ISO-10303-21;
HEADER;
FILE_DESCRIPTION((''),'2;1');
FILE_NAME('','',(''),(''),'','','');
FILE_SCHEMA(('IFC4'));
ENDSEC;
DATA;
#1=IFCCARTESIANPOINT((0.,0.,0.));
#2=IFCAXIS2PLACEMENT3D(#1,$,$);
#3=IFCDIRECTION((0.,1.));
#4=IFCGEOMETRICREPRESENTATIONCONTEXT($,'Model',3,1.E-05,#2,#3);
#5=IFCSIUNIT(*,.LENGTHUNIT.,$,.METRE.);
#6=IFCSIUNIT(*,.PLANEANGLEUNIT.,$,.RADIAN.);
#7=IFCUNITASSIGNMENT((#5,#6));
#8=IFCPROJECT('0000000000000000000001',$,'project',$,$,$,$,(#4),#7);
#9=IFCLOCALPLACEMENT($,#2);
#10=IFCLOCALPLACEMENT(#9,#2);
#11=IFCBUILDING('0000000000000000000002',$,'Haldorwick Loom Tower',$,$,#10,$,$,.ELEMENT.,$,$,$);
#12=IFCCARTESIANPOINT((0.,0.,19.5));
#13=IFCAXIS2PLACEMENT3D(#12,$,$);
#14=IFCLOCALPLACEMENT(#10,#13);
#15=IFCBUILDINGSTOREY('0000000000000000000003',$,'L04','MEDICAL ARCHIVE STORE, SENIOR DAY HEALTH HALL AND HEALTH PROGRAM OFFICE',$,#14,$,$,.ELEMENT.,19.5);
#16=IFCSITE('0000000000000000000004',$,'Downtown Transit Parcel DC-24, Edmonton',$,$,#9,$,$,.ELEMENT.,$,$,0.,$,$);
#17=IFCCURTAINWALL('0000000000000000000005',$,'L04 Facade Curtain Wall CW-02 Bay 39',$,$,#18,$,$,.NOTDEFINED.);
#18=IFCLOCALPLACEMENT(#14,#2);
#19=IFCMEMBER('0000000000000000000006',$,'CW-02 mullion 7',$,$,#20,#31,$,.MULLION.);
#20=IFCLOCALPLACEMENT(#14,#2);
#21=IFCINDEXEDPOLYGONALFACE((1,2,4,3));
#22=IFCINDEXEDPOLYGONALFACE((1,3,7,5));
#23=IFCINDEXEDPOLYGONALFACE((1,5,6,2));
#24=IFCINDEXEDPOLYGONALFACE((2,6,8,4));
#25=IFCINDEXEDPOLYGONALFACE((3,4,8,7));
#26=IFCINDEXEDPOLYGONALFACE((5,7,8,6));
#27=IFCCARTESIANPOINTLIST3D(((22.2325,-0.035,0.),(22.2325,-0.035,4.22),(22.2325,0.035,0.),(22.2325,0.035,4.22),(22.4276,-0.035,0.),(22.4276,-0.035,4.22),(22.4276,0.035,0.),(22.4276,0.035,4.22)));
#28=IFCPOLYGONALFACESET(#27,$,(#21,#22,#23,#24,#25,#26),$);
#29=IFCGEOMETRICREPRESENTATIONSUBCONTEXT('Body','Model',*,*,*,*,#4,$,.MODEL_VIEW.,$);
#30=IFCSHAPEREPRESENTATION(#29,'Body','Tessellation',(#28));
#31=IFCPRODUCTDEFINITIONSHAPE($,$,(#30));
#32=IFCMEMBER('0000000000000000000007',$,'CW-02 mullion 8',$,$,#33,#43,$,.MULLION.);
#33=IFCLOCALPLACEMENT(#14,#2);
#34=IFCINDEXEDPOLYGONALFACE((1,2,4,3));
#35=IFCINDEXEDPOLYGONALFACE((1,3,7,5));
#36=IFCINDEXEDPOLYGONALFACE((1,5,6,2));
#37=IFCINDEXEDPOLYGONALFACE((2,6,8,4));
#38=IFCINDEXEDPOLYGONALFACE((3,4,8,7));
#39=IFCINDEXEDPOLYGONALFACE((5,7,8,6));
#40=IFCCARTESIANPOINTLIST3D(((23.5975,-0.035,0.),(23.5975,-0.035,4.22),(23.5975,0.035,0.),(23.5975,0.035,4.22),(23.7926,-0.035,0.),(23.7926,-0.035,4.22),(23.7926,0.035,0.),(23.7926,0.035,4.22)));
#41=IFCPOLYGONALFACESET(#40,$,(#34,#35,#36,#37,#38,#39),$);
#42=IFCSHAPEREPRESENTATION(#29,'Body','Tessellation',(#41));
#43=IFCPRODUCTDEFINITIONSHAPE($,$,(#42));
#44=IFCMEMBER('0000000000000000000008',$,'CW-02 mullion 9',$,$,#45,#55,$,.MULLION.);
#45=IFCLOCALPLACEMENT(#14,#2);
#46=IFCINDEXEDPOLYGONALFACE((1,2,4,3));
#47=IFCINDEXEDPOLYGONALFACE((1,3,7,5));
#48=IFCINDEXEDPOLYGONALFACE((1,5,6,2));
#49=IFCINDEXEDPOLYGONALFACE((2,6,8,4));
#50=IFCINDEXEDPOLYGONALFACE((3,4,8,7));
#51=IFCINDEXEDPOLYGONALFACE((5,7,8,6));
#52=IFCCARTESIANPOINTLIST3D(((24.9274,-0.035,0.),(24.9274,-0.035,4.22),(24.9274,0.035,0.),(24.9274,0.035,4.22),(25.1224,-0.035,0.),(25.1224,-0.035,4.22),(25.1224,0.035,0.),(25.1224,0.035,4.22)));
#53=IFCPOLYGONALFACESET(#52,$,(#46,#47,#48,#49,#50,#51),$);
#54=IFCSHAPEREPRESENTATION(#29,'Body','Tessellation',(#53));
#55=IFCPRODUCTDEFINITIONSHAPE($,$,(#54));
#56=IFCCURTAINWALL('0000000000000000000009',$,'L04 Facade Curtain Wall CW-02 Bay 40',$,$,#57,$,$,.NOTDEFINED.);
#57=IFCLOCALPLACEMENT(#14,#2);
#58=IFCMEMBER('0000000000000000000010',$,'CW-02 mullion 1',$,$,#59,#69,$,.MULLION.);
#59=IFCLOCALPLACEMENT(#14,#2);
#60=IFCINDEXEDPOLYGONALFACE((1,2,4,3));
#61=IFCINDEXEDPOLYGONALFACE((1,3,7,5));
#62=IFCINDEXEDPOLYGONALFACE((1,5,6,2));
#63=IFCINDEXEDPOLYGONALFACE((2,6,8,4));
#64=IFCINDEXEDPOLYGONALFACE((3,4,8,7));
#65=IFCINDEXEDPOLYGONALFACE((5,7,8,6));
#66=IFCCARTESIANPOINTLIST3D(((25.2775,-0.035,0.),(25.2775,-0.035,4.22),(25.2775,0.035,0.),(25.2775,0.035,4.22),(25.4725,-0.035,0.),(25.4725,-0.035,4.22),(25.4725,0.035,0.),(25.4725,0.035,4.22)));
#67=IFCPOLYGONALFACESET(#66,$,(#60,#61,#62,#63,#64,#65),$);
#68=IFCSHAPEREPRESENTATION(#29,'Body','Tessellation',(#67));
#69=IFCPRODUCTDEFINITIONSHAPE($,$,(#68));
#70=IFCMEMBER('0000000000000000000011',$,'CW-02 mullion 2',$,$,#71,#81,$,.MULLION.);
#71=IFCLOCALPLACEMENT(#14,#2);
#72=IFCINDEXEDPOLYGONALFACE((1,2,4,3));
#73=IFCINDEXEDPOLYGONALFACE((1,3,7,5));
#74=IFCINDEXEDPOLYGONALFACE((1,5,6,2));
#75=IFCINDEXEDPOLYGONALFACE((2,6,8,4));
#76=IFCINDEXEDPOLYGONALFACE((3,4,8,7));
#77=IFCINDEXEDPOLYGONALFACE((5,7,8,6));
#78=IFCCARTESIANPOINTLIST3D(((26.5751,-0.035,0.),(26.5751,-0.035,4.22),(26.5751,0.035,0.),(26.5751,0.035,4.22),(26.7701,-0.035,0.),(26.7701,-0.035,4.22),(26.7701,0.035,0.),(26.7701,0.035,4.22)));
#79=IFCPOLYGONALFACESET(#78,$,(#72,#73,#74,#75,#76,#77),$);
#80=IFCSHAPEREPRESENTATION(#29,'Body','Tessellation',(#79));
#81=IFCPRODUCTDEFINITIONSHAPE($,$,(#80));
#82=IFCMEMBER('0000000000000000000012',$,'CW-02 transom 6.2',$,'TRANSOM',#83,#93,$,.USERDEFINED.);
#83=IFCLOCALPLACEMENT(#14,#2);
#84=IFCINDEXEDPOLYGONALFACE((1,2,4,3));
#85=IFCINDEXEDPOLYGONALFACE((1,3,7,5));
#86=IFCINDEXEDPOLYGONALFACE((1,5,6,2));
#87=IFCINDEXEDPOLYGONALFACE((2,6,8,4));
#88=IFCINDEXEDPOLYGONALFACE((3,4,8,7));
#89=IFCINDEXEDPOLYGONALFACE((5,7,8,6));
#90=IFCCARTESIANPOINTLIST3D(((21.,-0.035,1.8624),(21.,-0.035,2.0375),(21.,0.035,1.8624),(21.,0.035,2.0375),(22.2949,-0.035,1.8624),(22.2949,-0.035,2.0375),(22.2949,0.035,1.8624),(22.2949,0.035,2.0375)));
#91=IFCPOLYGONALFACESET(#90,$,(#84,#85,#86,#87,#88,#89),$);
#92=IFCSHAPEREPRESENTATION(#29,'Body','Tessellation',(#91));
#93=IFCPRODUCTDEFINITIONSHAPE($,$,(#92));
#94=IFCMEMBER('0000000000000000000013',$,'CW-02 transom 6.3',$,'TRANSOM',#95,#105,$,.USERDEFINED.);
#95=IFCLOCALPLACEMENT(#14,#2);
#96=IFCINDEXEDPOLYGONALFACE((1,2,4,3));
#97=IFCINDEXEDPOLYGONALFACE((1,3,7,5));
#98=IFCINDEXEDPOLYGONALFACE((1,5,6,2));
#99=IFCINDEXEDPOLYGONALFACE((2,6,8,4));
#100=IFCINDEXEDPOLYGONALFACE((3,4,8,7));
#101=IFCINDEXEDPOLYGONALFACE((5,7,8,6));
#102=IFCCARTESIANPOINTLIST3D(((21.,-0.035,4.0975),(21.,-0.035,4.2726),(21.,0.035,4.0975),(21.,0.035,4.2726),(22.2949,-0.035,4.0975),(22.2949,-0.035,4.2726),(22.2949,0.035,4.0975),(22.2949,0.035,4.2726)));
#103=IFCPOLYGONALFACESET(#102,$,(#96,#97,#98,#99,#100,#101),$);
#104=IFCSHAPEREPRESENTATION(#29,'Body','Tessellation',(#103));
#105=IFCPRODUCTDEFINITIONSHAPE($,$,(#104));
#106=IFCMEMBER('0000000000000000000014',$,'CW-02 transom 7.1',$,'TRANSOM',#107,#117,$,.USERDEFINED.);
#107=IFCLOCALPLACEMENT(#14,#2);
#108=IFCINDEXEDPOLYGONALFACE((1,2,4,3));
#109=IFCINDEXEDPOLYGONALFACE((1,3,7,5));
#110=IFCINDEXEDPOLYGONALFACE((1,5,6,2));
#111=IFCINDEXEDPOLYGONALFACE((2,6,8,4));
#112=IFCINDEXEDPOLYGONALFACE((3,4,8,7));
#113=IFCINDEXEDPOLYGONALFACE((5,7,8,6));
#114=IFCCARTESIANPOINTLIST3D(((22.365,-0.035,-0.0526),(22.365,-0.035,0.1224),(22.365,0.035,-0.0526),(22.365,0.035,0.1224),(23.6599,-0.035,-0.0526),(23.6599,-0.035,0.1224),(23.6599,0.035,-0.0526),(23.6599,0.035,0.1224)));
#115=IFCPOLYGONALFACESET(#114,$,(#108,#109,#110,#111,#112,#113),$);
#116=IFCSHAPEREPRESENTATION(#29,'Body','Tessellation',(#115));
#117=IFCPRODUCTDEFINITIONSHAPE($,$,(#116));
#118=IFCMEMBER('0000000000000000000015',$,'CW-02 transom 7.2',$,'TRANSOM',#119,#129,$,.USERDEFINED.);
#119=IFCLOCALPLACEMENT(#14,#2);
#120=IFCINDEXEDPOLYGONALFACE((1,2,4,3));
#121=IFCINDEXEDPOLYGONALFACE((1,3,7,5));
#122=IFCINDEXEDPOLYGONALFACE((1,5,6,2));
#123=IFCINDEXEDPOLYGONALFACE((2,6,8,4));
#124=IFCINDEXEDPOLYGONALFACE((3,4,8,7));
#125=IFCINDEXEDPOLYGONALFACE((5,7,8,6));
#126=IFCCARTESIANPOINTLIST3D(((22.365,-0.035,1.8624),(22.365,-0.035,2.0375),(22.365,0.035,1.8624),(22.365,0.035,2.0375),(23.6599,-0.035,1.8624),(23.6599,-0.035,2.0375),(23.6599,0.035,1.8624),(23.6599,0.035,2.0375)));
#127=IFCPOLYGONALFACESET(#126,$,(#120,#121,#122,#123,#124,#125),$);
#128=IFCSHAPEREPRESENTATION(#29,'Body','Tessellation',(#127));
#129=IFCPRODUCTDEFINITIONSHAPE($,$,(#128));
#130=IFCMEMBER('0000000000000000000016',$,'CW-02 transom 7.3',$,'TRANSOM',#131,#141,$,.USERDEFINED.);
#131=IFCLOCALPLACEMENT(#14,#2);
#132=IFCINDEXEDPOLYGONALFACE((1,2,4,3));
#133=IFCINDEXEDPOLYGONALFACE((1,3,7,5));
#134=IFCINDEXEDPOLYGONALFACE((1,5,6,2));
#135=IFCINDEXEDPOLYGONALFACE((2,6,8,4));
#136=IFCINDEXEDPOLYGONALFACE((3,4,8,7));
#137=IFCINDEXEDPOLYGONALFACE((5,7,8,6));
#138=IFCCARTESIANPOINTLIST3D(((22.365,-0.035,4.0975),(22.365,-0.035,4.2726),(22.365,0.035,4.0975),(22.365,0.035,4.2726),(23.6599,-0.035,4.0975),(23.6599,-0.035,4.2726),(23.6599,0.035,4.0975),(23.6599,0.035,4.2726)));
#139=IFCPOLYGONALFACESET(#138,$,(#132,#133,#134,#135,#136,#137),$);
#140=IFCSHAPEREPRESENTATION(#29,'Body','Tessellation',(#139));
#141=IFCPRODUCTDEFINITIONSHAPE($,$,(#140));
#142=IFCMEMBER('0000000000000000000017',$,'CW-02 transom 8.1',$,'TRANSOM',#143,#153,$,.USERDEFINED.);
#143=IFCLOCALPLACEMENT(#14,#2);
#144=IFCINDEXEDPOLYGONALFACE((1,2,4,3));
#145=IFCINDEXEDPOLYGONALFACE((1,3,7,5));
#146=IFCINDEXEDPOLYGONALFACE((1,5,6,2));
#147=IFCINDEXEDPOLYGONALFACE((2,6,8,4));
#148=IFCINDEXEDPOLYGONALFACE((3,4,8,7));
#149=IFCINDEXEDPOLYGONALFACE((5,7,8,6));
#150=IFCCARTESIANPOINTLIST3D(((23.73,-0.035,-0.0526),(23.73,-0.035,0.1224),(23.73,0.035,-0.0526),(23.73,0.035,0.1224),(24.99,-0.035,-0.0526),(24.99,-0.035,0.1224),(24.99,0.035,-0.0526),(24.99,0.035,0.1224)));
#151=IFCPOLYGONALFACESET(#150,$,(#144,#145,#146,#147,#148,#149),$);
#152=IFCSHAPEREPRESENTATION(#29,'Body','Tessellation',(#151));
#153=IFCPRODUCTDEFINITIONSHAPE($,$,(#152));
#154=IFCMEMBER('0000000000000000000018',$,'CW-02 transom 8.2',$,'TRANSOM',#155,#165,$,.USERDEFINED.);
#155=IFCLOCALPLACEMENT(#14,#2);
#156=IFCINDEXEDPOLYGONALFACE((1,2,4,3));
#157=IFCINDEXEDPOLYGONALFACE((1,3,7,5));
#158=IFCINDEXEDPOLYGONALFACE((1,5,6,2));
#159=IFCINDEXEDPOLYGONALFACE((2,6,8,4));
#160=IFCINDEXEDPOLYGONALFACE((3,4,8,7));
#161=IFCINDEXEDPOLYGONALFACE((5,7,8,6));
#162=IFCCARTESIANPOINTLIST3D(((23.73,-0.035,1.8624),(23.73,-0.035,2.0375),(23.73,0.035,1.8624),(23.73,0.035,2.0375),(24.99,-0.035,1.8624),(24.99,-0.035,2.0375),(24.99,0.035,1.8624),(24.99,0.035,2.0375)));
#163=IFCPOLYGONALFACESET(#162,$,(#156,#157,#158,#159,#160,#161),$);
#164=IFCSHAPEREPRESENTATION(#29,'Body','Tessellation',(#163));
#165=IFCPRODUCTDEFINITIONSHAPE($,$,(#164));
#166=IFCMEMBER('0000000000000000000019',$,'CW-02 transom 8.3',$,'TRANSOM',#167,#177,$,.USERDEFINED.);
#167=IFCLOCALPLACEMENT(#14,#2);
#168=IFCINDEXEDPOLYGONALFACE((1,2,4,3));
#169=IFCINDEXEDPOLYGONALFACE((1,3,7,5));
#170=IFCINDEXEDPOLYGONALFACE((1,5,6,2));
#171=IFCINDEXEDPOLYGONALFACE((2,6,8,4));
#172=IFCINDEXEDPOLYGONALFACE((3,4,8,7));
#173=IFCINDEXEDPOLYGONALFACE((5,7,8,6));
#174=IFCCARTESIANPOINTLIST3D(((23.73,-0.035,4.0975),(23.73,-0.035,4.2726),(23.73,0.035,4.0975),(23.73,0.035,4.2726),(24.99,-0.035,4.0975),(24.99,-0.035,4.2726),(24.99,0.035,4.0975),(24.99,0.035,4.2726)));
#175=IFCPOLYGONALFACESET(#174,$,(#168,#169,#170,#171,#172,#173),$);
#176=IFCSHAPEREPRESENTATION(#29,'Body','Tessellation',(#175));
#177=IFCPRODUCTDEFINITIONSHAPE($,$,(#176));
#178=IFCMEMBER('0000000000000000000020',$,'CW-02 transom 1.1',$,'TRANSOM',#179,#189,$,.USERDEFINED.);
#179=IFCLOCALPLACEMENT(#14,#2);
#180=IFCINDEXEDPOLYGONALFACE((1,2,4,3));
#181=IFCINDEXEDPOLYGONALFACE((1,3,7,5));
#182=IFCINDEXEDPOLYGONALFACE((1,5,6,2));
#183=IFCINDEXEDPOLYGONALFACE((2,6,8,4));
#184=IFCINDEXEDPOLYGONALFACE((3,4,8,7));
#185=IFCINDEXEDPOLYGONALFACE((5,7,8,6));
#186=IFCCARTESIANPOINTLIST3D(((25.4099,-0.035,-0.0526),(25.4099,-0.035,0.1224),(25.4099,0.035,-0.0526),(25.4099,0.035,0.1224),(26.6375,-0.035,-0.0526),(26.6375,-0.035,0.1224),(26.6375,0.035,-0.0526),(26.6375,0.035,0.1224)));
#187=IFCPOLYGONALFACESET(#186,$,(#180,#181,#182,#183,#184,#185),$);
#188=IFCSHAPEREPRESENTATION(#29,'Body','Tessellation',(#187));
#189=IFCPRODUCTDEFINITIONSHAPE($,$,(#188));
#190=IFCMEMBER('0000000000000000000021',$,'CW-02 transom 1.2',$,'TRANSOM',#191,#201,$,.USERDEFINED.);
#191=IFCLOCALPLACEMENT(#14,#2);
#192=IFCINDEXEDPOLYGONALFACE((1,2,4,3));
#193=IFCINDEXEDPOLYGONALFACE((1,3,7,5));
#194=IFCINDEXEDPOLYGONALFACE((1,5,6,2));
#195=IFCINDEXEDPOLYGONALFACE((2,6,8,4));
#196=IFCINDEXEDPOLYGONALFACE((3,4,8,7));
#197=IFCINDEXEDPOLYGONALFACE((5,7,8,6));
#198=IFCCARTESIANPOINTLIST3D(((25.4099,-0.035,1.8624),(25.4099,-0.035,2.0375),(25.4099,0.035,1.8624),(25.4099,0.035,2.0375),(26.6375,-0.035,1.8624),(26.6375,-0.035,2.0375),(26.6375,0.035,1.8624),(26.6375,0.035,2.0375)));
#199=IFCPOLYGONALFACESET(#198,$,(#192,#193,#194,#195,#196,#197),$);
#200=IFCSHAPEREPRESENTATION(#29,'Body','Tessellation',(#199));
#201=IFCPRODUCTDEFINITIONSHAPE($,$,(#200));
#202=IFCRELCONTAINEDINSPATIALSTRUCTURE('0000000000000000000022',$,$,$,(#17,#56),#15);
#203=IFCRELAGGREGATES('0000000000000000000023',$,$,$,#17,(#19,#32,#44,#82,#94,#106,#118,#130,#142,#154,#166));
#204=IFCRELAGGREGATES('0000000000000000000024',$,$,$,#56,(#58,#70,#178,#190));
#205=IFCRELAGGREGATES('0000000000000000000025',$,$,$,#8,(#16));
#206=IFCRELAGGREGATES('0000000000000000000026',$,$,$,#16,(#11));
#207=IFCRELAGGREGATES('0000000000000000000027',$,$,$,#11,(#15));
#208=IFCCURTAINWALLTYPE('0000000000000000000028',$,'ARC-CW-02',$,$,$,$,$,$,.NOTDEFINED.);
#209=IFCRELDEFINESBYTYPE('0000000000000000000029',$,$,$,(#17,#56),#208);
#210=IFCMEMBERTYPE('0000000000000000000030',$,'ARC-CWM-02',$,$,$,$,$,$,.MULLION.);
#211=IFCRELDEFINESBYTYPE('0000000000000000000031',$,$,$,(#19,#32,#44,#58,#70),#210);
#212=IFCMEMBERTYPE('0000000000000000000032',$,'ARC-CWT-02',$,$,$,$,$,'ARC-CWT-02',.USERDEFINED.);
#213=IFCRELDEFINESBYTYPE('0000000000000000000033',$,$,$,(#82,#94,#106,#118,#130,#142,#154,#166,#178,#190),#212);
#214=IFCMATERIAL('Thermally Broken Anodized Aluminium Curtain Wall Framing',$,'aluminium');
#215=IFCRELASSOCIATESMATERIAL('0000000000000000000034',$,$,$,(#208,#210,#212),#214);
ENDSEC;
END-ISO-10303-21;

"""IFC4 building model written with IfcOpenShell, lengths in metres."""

from ifc_helpers import new_model, si_unit, direction, frame, origin, origin_2d, place, context, subcontext, project, spatial, rectangle, extrude, material, material_profile, profile_set, type_object, element, aggregate, save


model = new_model("IFC4")

# Units and contexts
model_context = context("Model", 3, precision=1e-05, world=origin(), true_north=direction((0.0, 1.0)))
body_context = subcontext(model_context, "Body", "Model", "MODEL_VIEW")
ifc_project = project(units=[si_unit("LENGTHUNIT", "METRE"), si_unit("PLANEANGLEUNIT", "RADIAN")], contexts=[model_context])

# Site, building, storey
site_placement = place(None, origin())
site = spatial("IfcSite", under=ifc_project, at=site_placement, Name="Downtown Transit Parcel DC-24, Edmonton", CompositionType="ELEMENT", RefElevation=0.0)
building_placement = place(site_placement, origin())
building = spatial("IfcBuilding", under=site, at=building_placement, Name="Haldorwick Loom Tower", CompositionType="ELEMENT")
storey_placement = place(building_placement, frame((0.0, 0.0, 19.5)))
storey = spatial("IfcBuildingStorey", under=building, at=storey_placement, Name="L04", Description="MEDICAL ARCHIVE STORE, SENIOR DAY HEALTH HALL AND HEALTH PROGRAM OFFICE", CompositionType="ELEMENT", Elevation=19.5)

# Curtain walls, members
ifc_material_1 = material(Name="Thermally Broken Anodized Aluminium Curtain Wall Framing", Category="aluminium")
curtain_wall_type = type_object("IfcCurtainWallType", Name="ARC-CW-02", PredefinedType="NOTDEFINED", material=ifc_material_1)
curtain_wall_1_placement = place(storey_placement, origin())
curtain_wall_1 = element("IfcCurtainWall", 1, at=curtain_wall_1_placement, inside=storey, type_object=curtain_wall_type, Name="L04 Facade Curtain Wall CW-02 Bay 39", PredefinedType="NOTDEFINED")
ifc_material_profile_1 = material_profile(ifc_material_1, rectangle(XDim=0.0701, YDim=0.1951, at=origin_2d()), Name="ALU_MUL_70X195", Category="aluminium")
ifc_profile_set_1 = profile_set([ifc_material_profile_1], Name="Thermally Broken Anodized Aluminium Curtain Wall Framing")
member_type_1 = type_object("IfcMemberType", Name="ARC-CWM-02", PredefinedType="MULLION", material=ifc_profile_set_1)
member_1_placement = place(storey_placement, frame((22.3301, 0.0, 0.0), z_axis=(0.0, 0.0, 1.0), x_axis=(0.0, 1.0, 0.0)))
member_1 = element("IfcMember", 2, at=member_1_placement, type_object=member_type_1, Name="CW-02 mullion 7", PredefinedType="MULLION", context=body_context, shape_type="SweptSolid", body=[
    extrude(rectangle(XDim=0.0701, YDim=0.1951, at=origin_2d()), origin(), (0.0, 0.0, 1.0), 4.22),
])
member_2_placement = place(storey_placement, frame((23.6951, 0.0, 0.0), z_axis=(0.0, 0.0, 1.0), x_axis=(0.0, 1.0, 0.0)))
member_2 = element("IfcMember", 3, at=member_2_placement, type_object=member_type_1, Name="CW-02 mullion 8", PredefinedType="MULLION", context=body_context, shape_type="SweptSolid", body=[
    extrude(rectangle(XDim=0.0701, YDim=0.1951, at=origin_2d()), origin(), (0.0, 0.0, 1.0), 4.22),
])
member_3_placement = place(storey_placement, frame((25.0249, 0.0, 0.0), z_axis=(0.0, 0.0, 1.0), x_axis=(0.0, 1.0, 0.0)))
member_3 = element("IfcMember", 4, at=member_3_placement, type_object=member_type_1, Name="CW-02 mullion 9", PredefinedType="MULLION", context=body_context, shape_type="SweptSolid", body=[
    extrude(rectangle(XDim=0.0701, YDim=0.1951, at=origin_2d()), origin(), (0.0, 0.0, 1.0), 4.22),
])
curtain_wall_2_placement = place(storey_placement, origin())
curtain_wall_2 = element("IfcCurtainWall", 5, at=curtain_wall_2_placement, inside=storey, type_object=curtain_wall_type, Name="L04 Facade Curtain Wall CW-02 Bay 40", PredefinedType="NOTDEFINED")
member_4_placement = place(storey_placement, frame((25.375, 0.0, 0.0), z_axis=(0.0, 0.0, 1.0), x_axis=(0.0, 1.0, 0.0)))
member_4 = element("IfcMember", 6, at=member_4_placement, type_object=member_type_1, Name="CW-02 mullion 1", PredefinedType="MULLION", context=body_context, shape_type="SweptSolid", body=[
    extrude(rectangle(XDim=0.0701, YDim=0.1951, at=origin_2d()), origin(), (0.0, 0.0, 1.0), 4.22),
])
member_5_placement = place(storey_placement, frame((26.6726, 0.0, 0.0), z_axis=(0.0, 0.0, 1.0), x_axis=(0.0, 1.0, 0.0)))
member_5 = element("IfcMember", 7, at=member_5_placement, type_object=member_type_1, Name="CW-02 mullion 2", PredefinedType="MULLION", context=body_context, shape_type="SweptSolid", body=[
    extrude(rectangle(XDim=0.0701, YDim=0.1951, at=origin_2d()), origin(), (0.0, 0.0, 1.0), 4.22),
])

# Members
ifc_material_profile_2 = material_profile(ifc_material_1, rectangle(XDim=0.0701, YDim=0.175, at=origin_2d()), Name="ALU_TRN_70X175", Category="aluminium")
ifc_profile_set_2 = profile_set([ifc_material_profile_2], Name="Thermally Broken Anodized Aluminium Curtain Wall Framing")
member_type_2 = type_object("IfcMemberType", Name="ARC-CWT-02", ElementType="ARC-CWT-02", PredefinedType="USERDEFINED", material=ifc_profile_set_2)
member_6_placement = place(storey_placement, frame((21.0, 0.0, 1.95), z_axis=(1.0, 0.0, 0.0), x_axis=(0.0, 1.0, 0.0)))
member_6 = element("IfcMember", 8, at=member_6_placement, type_object=member_type_2, Name="CW-02 transom 6.2", ObjectType="TRANSOM", PredefinedType="USERDEFINED", context=body_context, shape_type="SweptSolid", body=[
    extrude(rectangle(XDim=0.0701, YDim=0.175, at=origin_2d()), origin(), (0.0, 0.0, 1.0), 1.2949),
])
member_7_placement = place(storey_placement, frame((21.0, 0.0, 4.1851), z_axis=(1.0, 0.0, 0.0), x_axis=(0.0, 1.0, 0.0)))
member_7 = element("IfcMember", 9, at=member_7_placement, type_object=member_type_2, Name="CW-02 transom 6.3", ObjectType="TRANSOM", PredefinedType="USERDEFINED", context=body_context, shape_type="SweptSolid", body=[
    extrude(rectangle(XDim=0.0701, YDim=0.175, at=origin_2d()), origin(), (0.0, 0.0, 1.0), 1.2949),
])
member_8_placement = place(storey_placement, frame((22.365, 0.0, 0.0349), z_axis=(1.0, 0.0, 0.0), x_axis=(0.0, 1.0, 0.0)))
member_8 = element("IfcMember", 10, at=member_8_placement, type_object=member_type_2, Name="CW-02 transom 7.1", ObjectType="TRANSOM", PredefinedType="USERDEFINED", context=body_context, shape_type="SweptSolid", body=[
    extrude(rectangle(XDim=0.0701, YDim=0.175, at=origin_2d()), origin(), (0.0, 0.0, 1.0), 1.2949),
])
member_9_placement = place(storey_placement, frame((22.365, 0.0, 1.95), z_axis=(1.0, 0.0, 0.0), x_axis=(0.0, 1.0, 0.0)))
member_9 = element("IfcMember", 11, at=member_9_placement, type_object=member_type_2, Name="CW-02 transom 7.2", ObjectType="TRANSOM", PredefinedType="USERDEFINED", context=body_context, shape_type="SweptSolid", body=[
    extrude(rectangle(XDim=0.0701, YDim=0.175, at=origin_2d()), origin(), (0.0, 0.0, 1.0), 1.2949),
])
member_10_placement = place(storey_placement, frame((22.365, 0.0, 4.1851), z_axis=(1.0, 0.0, 0.0), x_axis=(0.0, 1.0, 0.0)))
member_10 = element("IfcMember", 12, at=member_10_placement, type_object=member_type_2, Name="CW-02 transom 7.3", ObjectType="TRANSOM", PredefinedType="USERDEFINED", context=body_context, shape_type="SweptSolid", body=[
    extrude(rectangle(XDim=0.0701, YDim=0.175, at=origin_2d()), origin(), (0.0, 0.0, 1.0), 1.2949),
])
member_11_placement = place(storey_placement, frame((23.73, 0.0, 0.0349), z_axis=(1.0, 0.0, 0.0), x_axis=(0.0, 1.0, 0.0)))
member_11 = element("IfcMember", 13, at=member_11_placement, type_object=member_type_2, Name="CW-02 transom 8.1", ObjectType="TRANSOM", PredefinedType="USERDEFINED", context=body_context, shape_type="SweptSolid", body=[
    extrude(rectangle(XDim=0.0701, YDim=0.175, at=origin_2d()), origin(), (0.0, 0.0, 1.0), 1.26),
])
member_12_placement = place(storey_placement, frame((23.73, 0.0, 1.95), z_axis=(1.0, 0.0, 0.0), x_axis=(0.0, 1.0, 0.0)))
member_12 = element("IfcMember", 14, at=member_12_placement, type_object=member_type_2, Name="CW-02 transom 8.2", ObjectType="TRANSOM", PredefinedType="USERDEFINED", context=body_context, shape_type="SweptSolid", body=[
    extrude(rectangle(XDim=0.0701, YDim=0.175, at=origin_2d()), origin(), (0.0, 0.0, 1.0), 1.26),
])
member_13_placement = place(storey_placement, frame((23.73, 0.0, 4.1851), z_axis=(1.0, 0.0, 0.0), x_axis=(0.0, 1.0, 0.0)))
member_13 = element("IfcMember", 15, at=member_13_placement, type_object=member_type_2, Name="CW-02 transom 8.3", ObjectType="TRANSOM", PredefinedType="USERDEFINED", context=body_context, shape_type="SweptSolid", body=[
    extrude(rectangle(XDim=0.0701, YDim=0.175, at=origin_2d()), origin(), (0.0, 0.0, 1.0), 1.26),
])
member_14_placement = place(storey_placement, frame((25.4099, 0.0, 0.0349), z_axis=(1.0, 0.0, 0.0), x_axis=(0.0, 1.0, 0.0)))
member_14 = element("IfcMember", 16, at=member_14_placement, type_object=member_type_2, Name="CW-02 transom 1.1", ObjectType="TRANSOM", PredefinedType="USERDEFINED", context=body_context, shape_type="SweptSolid", body=[
    extrude(rectangle(XDim=0.0701, YDim=0.175, at=origin_2d()), origin(), (0.0, 0.0, 1.0), 1.2275),
])
member_15_placement = place(storey_placement, frame((25.4099, 0.0, 1.95), z_axis=(1.0, 0.0, 0.0), x_axis=(0.0, 1.0, 0.0)))
member_15 = element("IfcMember", 17, at=member_15_placement, type_object=member_type_2, Name="CW-02 transom 1.2", ObjectType="TRANSOM", PredefinedType="USERDEFINED", context=body_context, shape_type="SweptSolid", body=[
    extrude(rectangle(XDim=0.0701, YDim=0.175, at=origin_2d()), origin(), (0.0, 0.0, 1.0), 1.2275),
])

aggregate(curtain_wall_1, [member_1, member_2, member_3, member_6, member_7, member_8, member_9, member_10, member_11, member_12, member_13])
aggregate(curtain_wall_2, [member_4, member_5, member_14, member_15])

save(model, "model.ifc")
